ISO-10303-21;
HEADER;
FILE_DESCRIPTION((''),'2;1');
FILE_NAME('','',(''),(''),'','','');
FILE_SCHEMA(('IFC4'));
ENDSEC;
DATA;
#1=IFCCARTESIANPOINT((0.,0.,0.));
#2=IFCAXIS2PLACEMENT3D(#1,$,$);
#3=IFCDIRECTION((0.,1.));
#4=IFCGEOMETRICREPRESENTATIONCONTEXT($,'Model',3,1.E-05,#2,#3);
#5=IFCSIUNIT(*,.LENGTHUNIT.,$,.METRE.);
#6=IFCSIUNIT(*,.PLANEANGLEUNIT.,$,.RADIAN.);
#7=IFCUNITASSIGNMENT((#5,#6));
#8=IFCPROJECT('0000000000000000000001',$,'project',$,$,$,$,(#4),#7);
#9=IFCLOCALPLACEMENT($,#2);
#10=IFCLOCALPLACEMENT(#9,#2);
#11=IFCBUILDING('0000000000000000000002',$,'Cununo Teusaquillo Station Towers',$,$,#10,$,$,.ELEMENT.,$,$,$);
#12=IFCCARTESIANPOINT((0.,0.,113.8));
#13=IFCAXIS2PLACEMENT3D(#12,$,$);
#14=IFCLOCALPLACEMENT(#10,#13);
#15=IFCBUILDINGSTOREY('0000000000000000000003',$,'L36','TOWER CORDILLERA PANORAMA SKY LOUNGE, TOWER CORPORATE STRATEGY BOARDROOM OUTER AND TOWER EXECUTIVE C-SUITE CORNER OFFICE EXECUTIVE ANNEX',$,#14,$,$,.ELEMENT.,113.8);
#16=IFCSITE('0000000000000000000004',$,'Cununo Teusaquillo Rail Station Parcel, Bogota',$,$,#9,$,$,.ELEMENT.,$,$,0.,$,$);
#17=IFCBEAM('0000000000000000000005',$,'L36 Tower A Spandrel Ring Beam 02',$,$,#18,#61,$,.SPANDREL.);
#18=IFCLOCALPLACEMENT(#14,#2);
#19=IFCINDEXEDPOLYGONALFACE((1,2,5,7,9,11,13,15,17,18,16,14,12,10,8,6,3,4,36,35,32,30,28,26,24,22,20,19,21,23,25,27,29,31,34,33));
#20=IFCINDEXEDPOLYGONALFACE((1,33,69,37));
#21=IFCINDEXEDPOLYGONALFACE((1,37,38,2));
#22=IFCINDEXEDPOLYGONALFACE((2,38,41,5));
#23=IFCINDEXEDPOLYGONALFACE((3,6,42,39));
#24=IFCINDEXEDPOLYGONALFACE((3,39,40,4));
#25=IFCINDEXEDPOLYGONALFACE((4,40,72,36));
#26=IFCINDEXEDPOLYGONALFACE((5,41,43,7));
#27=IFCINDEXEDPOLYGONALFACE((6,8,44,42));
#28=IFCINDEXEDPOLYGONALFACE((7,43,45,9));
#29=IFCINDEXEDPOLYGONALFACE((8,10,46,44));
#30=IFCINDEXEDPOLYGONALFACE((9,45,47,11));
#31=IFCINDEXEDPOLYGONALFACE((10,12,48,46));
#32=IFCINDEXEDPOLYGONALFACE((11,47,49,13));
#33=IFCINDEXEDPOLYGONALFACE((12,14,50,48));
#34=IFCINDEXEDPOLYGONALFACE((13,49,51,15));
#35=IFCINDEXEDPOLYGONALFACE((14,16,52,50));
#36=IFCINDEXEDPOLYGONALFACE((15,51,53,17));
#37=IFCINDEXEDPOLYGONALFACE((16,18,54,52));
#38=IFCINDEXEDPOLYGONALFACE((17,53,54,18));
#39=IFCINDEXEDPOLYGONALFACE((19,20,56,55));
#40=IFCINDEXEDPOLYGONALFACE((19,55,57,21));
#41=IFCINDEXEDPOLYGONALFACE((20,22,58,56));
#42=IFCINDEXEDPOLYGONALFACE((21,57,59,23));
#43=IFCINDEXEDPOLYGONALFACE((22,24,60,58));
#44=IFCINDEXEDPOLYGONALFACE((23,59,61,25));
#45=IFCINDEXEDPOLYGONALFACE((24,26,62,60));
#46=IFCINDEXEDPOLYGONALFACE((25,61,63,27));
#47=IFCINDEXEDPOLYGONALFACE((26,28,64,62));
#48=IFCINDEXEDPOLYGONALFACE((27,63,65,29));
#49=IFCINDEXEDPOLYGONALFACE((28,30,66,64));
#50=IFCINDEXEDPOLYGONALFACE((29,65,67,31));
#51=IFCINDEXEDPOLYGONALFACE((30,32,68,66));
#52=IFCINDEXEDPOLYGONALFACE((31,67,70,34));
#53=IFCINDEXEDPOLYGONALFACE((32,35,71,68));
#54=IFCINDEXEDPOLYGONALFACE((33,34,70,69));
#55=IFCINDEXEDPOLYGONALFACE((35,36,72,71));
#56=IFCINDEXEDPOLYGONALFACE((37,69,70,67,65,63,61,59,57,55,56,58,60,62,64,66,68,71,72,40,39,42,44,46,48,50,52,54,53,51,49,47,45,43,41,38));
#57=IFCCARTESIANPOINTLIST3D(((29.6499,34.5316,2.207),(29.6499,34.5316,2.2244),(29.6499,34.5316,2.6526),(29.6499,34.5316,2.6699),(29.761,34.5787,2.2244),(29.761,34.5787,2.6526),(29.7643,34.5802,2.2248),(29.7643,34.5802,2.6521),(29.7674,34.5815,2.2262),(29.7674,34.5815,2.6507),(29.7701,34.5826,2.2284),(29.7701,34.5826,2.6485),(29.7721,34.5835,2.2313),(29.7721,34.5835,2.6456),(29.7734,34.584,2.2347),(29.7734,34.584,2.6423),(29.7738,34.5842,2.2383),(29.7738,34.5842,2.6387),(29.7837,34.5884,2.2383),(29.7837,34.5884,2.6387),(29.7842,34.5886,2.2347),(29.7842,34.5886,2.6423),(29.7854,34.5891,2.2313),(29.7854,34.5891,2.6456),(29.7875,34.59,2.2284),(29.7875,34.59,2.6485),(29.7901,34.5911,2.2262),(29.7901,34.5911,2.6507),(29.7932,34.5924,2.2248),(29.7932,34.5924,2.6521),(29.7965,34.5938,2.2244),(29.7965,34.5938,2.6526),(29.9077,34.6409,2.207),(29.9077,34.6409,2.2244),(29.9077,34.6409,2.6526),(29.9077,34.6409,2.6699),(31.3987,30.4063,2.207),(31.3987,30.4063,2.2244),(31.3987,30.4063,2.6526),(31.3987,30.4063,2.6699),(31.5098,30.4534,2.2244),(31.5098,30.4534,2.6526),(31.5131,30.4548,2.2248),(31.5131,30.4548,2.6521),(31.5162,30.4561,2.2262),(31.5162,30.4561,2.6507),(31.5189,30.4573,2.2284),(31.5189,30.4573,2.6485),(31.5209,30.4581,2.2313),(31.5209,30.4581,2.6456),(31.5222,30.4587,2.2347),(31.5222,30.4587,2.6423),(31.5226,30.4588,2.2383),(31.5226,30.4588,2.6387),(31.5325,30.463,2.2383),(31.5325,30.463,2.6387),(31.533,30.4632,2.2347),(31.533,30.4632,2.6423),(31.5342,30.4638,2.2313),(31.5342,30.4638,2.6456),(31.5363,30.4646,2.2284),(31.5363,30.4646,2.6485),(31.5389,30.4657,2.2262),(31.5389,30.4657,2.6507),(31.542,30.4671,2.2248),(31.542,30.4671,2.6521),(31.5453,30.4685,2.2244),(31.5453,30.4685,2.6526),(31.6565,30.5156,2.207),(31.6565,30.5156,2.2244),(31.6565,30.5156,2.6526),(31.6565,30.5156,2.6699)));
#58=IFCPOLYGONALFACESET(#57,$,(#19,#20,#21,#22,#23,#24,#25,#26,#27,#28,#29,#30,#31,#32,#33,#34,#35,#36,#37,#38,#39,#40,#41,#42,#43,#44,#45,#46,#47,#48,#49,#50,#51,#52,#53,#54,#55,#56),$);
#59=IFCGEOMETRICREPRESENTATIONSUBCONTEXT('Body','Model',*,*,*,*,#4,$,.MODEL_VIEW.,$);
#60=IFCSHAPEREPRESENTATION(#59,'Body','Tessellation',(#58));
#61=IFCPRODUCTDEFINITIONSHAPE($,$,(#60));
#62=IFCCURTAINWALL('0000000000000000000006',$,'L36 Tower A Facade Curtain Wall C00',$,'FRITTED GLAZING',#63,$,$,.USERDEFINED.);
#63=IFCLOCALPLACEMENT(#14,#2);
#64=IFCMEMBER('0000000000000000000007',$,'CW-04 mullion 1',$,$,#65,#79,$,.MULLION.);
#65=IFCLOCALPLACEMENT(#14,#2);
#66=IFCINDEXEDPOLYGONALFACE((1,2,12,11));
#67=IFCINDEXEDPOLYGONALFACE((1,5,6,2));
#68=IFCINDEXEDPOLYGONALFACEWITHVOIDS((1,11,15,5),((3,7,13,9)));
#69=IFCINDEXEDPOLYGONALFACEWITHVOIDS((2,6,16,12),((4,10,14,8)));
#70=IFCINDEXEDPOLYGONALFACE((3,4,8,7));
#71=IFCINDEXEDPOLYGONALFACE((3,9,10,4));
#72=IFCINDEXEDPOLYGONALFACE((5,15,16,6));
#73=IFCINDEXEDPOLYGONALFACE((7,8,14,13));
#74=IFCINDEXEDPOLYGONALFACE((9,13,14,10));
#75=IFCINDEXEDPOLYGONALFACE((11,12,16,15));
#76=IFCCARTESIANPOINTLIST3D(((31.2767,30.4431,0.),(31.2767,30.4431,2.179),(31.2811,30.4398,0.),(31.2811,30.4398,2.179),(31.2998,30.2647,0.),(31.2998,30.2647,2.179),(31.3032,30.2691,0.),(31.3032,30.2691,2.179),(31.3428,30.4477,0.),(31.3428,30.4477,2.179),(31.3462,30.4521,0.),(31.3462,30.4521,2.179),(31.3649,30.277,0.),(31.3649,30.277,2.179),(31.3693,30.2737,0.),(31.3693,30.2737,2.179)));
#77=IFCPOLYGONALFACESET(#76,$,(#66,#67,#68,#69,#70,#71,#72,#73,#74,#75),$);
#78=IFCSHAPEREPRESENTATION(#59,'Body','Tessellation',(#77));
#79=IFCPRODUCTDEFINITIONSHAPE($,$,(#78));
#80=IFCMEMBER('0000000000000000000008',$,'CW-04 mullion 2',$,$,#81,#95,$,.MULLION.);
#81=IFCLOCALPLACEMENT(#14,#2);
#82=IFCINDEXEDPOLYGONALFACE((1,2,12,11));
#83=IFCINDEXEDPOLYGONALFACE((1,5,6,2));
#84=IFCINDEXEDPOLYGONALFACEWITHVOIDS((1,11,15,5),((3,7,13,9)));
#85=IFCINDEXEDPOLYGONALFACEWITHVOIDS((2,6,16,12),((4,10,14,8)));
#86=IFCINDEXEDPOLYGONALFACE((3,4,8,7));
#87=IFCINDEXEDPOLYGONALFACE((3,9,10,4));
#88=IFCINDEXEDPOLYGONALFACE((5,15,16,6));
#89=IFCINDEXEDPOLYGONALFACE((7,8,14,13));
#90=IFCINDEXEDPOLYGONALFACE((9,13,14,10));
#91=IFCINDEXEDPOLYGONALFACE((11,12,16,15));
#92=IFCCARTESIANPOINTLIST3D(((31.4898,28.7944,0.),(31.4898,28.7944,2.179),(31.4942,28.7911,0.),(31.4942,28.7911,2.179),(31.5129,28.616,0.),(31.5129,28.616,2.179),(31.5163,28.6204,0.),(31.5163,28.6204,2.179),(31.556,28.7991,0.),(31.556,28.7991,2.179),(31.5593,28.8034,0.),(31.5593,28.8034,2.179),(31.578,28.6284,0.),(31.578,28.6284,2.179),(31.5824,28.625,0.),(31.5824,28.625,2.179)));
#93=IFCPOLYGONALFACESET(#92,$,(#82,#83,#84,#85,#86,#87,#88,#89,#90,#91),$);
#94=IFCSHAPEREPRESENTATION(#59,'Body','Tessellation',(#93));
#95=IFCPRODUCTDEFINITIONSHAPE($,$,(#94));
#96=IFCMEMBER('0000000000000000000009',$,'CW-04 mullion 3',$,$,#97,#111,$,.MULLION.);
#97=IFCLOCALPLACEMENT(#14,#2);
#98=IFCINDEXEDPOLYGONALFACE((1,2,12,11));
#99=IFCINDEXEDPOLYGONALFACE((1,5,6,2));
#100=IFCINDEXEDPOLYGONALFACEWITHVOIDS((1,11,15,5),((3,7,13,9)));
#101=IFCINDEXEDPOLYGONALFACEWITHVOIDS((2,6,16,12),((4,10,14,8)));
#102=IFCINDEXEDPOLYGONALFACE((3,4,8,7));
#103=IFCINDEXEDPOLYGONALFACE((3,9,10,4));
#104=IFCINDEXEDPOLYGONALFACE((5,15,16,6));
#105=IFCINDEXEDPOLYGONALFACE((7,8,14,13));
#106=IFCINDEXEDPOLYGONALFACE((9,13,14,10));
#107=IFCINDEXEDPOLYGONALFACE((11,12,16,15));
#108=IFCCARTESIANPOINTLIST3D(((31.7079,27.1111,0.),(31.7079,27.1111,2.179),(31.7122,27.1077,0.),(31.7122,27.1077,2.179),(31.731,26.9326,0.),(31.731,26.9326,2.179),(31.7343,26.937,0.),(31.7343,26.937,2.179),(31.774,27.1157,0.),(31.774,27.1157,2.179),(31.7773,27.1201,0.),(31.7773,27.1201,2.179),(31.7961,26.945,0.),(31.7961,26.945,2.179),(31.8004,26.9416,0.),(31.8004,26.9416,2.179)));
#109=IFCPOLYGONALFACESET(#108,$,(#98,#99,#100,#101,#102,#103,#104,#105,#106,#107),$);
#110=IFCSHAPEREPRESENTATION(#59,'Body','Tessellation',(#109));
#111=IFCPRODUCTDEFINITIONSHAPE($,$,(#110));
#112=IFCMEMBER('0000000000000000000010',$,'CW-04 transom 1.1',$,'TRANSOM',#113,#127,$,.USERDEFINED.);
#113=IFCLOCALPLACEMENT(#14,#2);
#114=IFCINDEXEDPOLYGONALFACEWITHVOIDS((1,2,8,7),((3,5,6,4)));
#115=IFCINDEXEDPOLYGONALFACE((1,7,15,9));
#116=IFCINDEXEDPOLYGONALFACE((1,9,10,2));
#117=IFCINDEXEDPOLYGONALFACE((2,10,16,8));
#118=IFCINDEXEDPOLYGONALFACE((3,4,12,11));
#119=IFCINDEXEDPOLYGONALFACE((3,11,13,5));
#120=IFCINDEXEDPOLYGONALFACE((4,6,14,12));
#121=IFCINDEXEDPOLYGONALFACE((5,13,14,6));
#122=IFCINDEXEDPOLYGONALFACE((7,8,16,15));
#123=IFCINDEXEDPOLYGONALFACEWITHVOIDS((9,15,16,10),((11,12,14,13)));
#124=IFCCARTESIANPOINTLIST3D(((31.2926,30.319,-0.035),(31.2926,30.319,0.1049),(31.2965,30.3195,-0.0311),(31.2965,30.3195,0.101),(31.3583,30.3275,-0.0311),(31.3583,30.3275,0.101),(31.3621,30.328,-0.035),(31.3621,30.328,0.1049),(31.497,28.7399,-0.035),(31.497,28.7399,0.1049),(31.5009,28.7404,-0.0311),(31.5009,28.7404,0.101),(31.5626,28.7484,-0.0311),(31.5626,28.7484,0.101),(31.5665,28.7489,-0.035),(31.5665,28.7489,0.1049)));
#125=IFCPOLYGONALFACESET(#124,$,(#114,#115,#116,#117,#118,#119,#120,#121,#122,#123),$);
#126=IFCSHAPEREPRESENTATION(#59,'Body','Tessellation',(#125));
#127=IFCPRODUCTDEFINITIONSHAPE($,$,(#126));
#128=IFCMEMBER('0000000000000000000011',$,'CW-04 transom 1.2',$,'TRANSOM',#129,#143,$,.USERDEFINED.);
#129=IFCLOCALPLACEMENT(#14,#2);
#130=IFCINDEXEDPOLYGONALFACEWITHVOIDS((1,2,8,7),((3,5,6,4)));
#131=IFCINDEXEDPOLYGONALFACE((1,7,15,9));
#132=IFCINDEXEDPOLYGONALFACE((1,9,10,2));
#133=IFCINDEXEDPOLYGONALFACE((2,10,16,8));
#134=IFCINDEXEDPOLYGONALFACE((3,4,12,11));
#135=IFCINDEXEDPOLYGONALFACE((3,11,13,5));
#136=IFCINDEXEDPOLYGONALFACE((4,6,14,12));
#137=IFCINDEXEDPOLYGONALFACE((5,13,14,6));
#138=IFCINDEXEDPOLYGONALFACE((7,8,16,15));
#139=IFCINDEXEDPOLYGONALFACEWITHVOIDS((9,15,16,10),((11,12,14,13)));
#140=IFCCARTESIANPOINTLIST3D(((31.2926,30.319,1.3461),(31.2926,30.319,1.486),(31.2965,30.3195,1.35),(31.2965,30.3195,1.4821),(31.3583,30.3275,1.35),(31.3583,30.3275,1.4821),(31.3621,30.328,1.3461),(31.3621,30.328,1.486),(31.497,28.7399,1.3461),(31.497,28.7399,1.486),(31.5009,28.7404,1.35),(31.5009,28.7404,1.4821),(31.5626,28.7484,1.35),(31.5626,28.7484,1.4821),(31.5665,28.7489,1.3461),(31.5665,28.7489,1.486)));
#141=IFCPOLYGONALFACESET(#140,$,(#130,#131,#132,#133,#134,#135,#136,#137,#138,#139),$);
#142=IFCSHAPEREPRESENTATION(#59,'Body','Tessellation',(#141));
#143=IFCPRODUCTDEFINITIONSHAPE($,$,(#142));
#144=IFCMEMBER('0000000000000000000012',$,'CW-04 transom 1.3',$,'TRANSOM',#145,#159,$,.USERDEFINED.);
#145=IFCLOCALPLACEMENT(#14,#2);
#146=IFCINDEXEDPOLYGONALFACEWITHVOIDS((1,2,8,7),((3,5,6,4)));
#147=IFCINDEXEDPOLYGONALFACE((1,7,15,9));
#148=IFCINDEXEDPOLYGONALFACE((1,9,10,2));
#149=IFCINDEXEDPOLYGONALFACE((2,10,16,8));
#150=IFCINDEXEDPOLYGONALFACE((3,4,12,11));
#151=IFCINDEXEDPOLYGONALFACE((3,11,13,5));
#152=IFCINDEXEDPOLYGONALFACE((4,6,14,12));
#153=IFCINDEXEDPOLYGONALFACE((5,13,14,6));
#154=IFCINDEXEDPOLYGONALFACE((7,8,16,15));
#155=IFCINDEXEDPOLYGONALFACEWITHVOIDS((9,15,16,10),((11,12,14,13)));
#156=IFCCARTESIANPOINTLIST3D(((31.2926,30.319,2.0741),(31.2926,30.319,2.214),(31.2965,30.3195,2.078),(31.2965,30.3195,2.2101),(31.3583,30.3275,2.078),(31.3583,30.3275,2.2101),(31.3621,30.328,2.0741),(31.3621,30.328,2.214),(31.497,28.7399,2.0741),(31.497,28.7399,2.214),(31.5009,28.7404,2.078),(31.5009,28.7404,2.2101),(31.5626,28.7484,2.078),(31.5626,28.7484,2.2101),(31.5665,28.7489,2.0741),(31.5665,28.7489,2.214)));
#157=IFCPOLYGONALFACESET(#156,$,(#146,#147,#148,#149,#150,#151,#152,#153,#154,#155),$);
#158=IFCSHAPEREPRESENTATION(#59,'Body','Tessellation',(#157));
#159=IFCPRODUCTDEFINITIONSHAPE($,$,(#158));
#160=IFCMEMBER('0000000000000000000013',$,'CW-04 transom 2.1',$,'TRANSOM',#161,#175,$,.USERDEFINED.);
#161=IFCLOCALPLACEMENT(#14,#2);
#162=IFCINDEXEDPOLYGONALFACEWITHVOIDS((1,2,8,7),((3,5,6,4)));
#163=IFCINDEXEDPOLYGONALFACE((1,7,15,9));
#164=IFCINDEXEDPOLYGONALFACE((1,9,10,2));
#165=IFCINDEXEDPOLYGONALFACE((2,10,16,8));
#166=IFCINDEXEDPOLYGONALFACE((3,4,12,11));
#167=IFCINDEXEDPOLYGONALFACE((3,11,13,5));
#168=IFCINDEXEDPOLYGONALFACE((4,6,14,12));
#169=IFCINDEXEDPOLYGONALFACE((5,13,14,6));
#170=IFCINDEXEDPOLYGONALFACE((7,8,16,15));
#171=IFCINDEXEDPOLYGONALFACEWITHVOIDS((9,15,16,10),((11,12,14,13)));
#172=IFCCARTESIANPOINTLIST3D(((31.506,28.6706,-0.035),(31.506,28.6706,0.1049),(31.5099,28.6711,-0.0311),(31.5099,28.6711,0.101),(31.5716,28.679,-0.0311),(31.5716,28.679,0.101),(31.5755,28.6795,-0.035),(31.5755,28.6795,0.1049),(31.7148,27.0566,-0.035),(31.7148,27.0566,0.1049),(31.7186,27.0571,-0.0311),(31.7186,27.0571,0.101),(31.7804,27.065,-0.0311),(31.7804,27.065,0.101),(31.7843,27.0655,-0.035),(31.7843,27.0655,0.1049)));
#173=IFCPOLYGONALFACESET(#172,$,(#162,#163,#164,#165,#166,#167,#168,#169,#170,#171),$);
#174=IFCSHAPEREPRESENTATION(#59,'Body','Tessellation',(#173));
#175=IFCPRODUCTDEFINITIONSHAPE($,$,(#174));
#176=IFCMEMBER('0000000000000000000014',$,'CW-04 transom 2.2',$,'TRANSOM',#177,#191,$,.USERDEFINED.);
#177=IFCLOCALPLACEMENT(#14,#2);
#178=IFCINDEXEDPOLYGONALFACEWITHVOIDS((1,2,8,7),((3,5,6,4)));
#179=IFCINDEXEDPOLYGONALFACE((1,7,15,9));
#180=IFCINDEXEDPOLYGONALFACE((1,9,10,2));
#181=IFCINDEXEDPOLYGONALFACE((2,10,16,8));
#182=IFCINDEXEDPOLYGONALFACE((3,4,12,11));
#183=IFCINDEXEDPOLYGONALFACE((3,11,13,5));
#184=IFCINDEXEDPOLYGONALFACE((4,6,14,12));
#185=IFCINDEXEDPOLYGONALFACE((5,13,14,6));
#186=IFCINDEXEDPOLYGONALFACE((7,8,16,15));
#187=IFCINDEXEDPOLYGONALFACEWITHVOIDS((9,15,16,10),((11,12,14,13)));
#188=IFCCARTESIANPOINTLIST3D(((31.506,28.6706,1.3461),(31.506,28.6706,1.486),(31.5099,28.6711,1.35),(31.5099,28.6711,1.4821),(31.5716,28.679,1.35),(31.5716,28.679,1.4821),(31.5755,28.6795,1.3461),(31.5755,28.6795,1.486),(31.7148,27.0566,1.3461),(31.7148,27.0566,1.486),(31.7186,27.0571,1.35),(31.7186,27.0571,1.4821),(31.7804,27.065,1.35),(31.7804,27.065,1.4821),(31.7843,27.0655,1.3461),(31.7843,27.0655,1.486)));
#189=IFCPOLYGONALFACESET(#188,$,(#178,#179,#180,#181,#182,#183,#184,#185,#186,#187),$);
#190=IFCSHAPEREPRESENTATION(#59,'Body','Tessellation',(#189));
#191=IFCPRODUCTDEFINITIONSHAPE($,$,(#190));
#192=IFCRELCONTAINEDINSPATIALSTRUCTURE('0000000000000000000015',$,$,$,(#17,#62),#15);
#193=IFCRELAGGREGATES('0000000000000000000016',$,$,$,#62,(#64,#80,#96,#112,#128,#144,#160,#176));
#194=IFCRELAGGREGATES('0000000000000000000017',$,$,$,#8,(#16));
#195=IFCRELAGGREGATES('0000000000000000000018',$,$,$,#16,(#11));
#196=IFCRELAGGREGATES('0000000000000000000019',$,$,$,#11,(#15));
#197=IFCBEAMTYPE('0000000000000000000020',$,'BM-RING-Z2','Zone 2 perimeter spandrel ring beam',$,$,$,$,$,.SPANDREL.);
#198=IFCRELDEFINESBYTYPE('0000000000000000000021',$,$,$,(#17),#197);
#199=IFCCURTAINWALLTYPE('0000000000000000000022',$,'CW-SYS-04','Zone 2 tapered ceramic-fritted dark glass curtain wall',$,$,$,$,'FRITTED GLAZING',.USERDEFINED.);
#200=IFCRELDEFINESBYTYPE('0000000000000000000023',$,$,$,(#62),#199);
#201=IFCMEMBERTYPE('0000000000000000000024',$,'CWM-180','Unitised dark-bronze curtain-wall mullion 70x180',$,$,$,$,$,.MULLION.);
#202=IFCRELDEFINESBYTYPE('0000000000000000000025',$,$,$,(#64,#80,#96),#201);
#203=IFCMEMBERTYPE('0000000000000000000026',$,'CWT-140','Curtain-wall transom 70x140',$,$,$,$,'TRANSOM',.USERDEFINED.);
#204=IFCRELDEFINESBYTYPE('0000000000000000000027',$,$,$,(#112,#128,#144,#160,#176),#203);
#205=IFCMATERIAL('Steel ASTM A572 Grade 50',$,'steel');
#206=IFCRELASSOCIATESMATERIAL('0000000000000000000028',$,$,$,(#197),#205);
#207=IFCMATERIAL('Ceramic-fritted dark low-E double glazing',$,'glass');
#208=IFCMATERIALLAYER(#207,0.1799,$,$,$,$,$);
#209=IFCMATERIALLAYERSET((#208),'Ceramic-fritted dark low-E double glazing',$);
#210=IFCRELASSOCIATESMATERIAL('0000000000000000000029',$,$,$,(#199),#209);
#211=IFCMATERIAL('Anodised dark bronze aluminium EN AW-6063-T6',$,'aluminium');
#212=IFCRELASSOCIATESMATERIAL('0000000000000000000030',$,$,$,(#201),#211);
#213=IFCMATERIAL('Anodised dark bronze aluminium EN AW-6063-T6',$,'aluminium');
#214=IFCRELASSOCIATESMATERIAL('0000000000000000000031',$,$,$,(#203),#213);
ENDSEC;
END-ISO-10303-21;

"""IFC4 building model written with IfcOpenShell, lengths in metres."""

from ifc_helpers import new_model, si_unit, direction, frame, origin, origin_2d, place, context, subcontext, project, spatial, hollow_rectangle, i_section, extrude, material, layer, layer_set, material_profile, profile_set, type_object, element, aggregate, save


model = new_model("IFC4")

# Units and contexts
model_context = context("Model", 3, precision=1e-05, world=origin(), true_north=direction((0.0, 1.0)))
body_context = subcontext(model_context, "Body", "Model", "MODEL_VIEW")
ifc_project = project(units=[si_unit("LENGTHUNIT", "METRE"), si_unit("PLANEANGLEUNIT", "RADIAN")], contexts=[model_context])

# Site, building, storey
site_placement = place(None, origin())
site = spatial("IfcSite", under=ifc_project, at=site_placement, Name="Cununo Teusaquillo Rail Station Parcel, Bogota", CompositionType="ELEMENT", RefElevation=0.0)
building_placement = place(site_placement, origin())
building = spatial("IfcBuilding", under=site, at=building_placement, Name="Cununo Teusaquillo Station Towers", CompositionType="ELEMENT")
storey_placement = place(building_placement, frame((0.0, 0.0, 113.8)))
storey = spatial("IfcBuildingStorey", under=building, at=storey_placement, Name="L36", Description="TOWER CORDILLERA PANORAMA SKY LOUNGE, TOWER CORPORATE STRATEGY BOARDROOM OUTER AND TOWER EXECUTIVE C-SUITE CORNER OFFICE EXECUTIVE ANNEX", CompositionType="ELEMENT", Elevation=113.8)

# Beam
ifc_material_1 = material(Name="Steel ASTM A572 Grade 50", Category="steel")
ifc_material_profile_1 = material_profile(ifc_material_1, i_section(OverallWidth=0.28, OverallDepth=0.4629, WebThickness=0.0107, FlangeThickness=0.0173, FilletRadius=0.0139, at=origin_2d()), Name="W18X76")
ifc_profile_set_1 = profile_set([ifc_material_profile_1], Name="Steel ASTM A572 Grade 50")
beam_type = type_object("IfcBeamType", Name="BM-RING-Z2", Description="Zone 2 perimeter spandrel ring beam", PredefinedType="SPANDREL", material=ifc_profile_set_1)
beam_1_placement = place(storey_placement, frame((31.5276, 30.4609, 2.4385), z_axis=(-0.390299, 0.920688, 0.0), x_axis=(-0.920688, -0.390299, 0.0)))
element("IfcBeam", 1, at=beam_1_placement, inside=storey, type_object=beam_type, Name="L36 Tower A Spandrel Ring Beam 02", PredefinedType="SPANDREL", context=body_context, shape_type="SweptSolid", body=[
    extrude(i_section(OverallWidth=0.28, OverallDepth=0.4629, WebThickness=0.0107, FlangeThickness=0.0173, FilletRadius=0.0139, at=origin_2d()), origin(), (0.0, 0.0, 1.0), 4.4807),
])

# Curtain wall, members
ifc_material_2 = material(Name="Ceramic-fritted dark low-E double glazing", Category="glass")
ifc_layer_1 = layer(ifc_material_2, 0.1799)
ifc_layer_set_1 = layer_set([ifc_layer_1], Name="Ceramic-fritted dark low-E double glazing")
curtain_wall_type = type_object("IfcCurtainWallType", Name="CW-SYS-04", Description="Zone 2 tapered ceramic-fritted dark glass curtain wall", ElementType="FRITTED GLAZING", PredefinedType="USERDEFINED", material=ifc_layer_set_1)
curtain_wall_placement = place(storey_placement, origin())
curtain_wall = element("IfcCurtainWall", 2, at=curtain_wall_placement, inside=storey, type_object=curtain_wall_type, Name="L36 Tower A Facade Curtain Wall C00", ObjectType="FRITTED GLAZING", PredefinedType="USERDEFINED")
ifc_material_3 = material(Name="Anodised dark bronze aluminium EN AW-6063-T6", Category="aluminium")
ifc_material_profile_2 = material_profile(ifc_material_3, hollow_rectangle(XDim=0.0701, YDim=0.1799, WallThickness=0.0039, at=origin_2d()), Name="CW-MULL-70x180")
ifc_profile_set_2 = profile_set([ifc_material_profile_2], Name="Anodised dark bronze aluminium EN AW-6063-T6")
member_type_1 = type_object("IfcMemberType", Name="CWM-180", Description="Unitised dark-bronze curtain-wall mullion 70x180", PredefinedType="MULLION", material=ifc_profile_set_2)
member_1_placement = place(storey_placement, frame((31.323, 30.3584, 0.0), z_axis=(0.0, 0.0, 1.0), x_axis=(0.991731, 0.128336, 0.0)))
member_1 = element("IfcMember", 3, at=member_1_placement, type_object=member_type_1, Name="CW-04 mullion 1", PredefinedType="MULLION", context=body_context, shape_type="SweptSolid", body=[
    extrude(hollow_rectangle(XDim=0.0701, YDim=0.1799, WallThickness=0.0039, at=origin_2d()), origin(), (0.0, 0.0, 1.0), 2.179),
])
member_2_placement = place(storey_placement, frame((31.5361, 28.7097, 0.0), z_axis=(0.0, 0.0, 1.0), x_axis=(0.991731, 0.128336, 0.0)))
member_2 = element("IfcMember", 4, at=member_2_placement, type_object=member_type_1, Name="CW-04 mullion 2", PredefinedType="MULLION", context=body_context, shape_type="SweptSolid", body=[
    extrude(hollow_rectangle(XDim=0.0701, YDim=0.1799, WallThickness=0.0039, at=origin_2d()), origin(), (0.0, 0.0, 1.0), 2.179),
])
member_3_placement = place(storey_placement, frame((31.7542, 27.0264, 0.0), z_axis=(0.0, 0.0, 1.0), x_axis=(0.991731, 0.128336, 0.0)))
member_3 = element("IfcMember", 5, at=member_3_placement, type_object=member_type_1, Name="CW-04 mullion 3", PredefinedType="MULLION", context=body_context, shape_type="SweptSolid", body=[
    extrude(hollow_rectangle(XDim=0.0701, YDim=0.1799, WallThickness=0.0039, at=origin_2d()), origin(), (0.0, 0.0, 1.0), 2.179),
])
ifc_material_4 = material(Name="Anodised dark bronze aluminium EN AW-6063-T6", Category="aluminium")
ifc_material_profile_3 = material_profile(ifc_material_4, hollow_rectangle(XDim=0.0701, YDim=0.1399, WallThickness=0.0039, at=origin_2d()), Name="CW-TRAN-70x140")
ifc_profile_set_3 = profile_set([ifc_material_profile_3], Name="Anodised dark bronze aluminium EN AW-6063-T6")
member_type_2 = type_object("IfcMemberType", Name="CWT-140", Description="Curtain-wall transom 70x140", ElementType="TRANSOM", PredefinedType="USERDEFINED", material=ifc_profile_set_3)
member_4_placement = place(storey_placement, frame((31.3274, 30.3235, 0.0349), z_axis=(0.128336, -0.991731, 0.0), x_axis=(0.991731, 0.128336, 0.0)))
member_4 = element("IfcMember", 6, at=member_4_placement, type_object=member_type_2, Name="CW-04 transom 1.1", ObjectType="TRANSOM", PredefinedType="USERDEFINED", context=body_context, shape_type="SweptSolid", body=[
    extrude(hollow_rectangle(XDim=0.0701, YDim=0.1399, WallThickness=0.0039, at=origin_2d()), origin(), (0.0, 0.0, 1.0), 1.5923),
])
member_5_placement = place(storey_placement, frame((31.3274, 30.3235, 1.416), z_axis=(0.128336, -0.991731, 0.0), x_axis=(0.991731, 0.128336, 0.0)))
member_5 = element("IfcMember", 7, at=member_5_placement, type_object=member_type_2, Name="CW-04 transom 1.2", ObjectType="TRANSOM", PredefinedType="USERDEFINED", context=body_context, shape_type="SweptSolid", body=[
    extrude(hollow_rectangle(XDim=0.0701, YDim=0.1399, WallThickness=0.0039, at=origin_2d()), origin(), (0.0, 0.0, 1.0), 1.5923),
])
member_6_placement = place(storey_placement, frame((31.3274, 30.3235, 2.144), z_axis=(0.128336, -0.991731, 0.0), x_axis=(0.991731, 0.128336, 0.0)))
member_6 = element("IfcMember", 8, at=member_6_placement, type_object=member_type_2, Name="CW-04 transom 1.3", ObjectType="TRANSOM", PredefinedType="USERDEFINED", context=body_context, shape_type="SweptSolid", body=[
    extrude(hollow_rectangle(XDim=0.0701, YDim=0.1399, WallThickness=0.0039, at=origin_2d()), origin(), (0.0, 0.0, 1.0), 1.5923),
])
member_7_placement = place(storey_placement, frame((31.5408, 28.675, 0.0349), z_axis=(0.128262, -0.99174, 0.0), x_axis=(0.99174, 0.128262, 0.0)))
member_7 = element("IfcMember", 9, at=member_7_placement, type_object=member_type_2, Name="CW-04 transom 2.1", ObjectType="TRANSOM", PredefinedType="USERDEFINED", context=body_context, shape_type="SweptSolid", body=[
    extrude(hollow_rectangle(XDim=0.0701, YDim=0.1399, WallThickness=0.0039, at=origin_2d()), origin(), (0.0, 0.0, 1.0), 1.6274),
])
member_8_placement = place(storey_placement, frame((31.5408, 28.675, 1.416), z_axis=(0.128262, -0.99174, 0.0), x_axis=(0.99174, 0.128262, 0.0)))
member_8 = element("IfcMember", 10, at=member_8_placement, type_object=member_type_2, Name="CW-04 transom 2.2", ObjectType="TRANSOM", PredefinedType="USERDEFINED", context=body_context, shape_type="SweptSolid", body=[
    extrude(hollow_rectangle(XDim=0.0701, YDim=0.1399, WallThickness=0.0039, at=origin_2d()), origin(), (0.0, 0.0, 1.0), 1.6274),
])
aggregate(curtain_wall, [member_1, member_2, member_3, member_4, member_5, member_6, member_7, member_8])

save(model, "model.ifc")
